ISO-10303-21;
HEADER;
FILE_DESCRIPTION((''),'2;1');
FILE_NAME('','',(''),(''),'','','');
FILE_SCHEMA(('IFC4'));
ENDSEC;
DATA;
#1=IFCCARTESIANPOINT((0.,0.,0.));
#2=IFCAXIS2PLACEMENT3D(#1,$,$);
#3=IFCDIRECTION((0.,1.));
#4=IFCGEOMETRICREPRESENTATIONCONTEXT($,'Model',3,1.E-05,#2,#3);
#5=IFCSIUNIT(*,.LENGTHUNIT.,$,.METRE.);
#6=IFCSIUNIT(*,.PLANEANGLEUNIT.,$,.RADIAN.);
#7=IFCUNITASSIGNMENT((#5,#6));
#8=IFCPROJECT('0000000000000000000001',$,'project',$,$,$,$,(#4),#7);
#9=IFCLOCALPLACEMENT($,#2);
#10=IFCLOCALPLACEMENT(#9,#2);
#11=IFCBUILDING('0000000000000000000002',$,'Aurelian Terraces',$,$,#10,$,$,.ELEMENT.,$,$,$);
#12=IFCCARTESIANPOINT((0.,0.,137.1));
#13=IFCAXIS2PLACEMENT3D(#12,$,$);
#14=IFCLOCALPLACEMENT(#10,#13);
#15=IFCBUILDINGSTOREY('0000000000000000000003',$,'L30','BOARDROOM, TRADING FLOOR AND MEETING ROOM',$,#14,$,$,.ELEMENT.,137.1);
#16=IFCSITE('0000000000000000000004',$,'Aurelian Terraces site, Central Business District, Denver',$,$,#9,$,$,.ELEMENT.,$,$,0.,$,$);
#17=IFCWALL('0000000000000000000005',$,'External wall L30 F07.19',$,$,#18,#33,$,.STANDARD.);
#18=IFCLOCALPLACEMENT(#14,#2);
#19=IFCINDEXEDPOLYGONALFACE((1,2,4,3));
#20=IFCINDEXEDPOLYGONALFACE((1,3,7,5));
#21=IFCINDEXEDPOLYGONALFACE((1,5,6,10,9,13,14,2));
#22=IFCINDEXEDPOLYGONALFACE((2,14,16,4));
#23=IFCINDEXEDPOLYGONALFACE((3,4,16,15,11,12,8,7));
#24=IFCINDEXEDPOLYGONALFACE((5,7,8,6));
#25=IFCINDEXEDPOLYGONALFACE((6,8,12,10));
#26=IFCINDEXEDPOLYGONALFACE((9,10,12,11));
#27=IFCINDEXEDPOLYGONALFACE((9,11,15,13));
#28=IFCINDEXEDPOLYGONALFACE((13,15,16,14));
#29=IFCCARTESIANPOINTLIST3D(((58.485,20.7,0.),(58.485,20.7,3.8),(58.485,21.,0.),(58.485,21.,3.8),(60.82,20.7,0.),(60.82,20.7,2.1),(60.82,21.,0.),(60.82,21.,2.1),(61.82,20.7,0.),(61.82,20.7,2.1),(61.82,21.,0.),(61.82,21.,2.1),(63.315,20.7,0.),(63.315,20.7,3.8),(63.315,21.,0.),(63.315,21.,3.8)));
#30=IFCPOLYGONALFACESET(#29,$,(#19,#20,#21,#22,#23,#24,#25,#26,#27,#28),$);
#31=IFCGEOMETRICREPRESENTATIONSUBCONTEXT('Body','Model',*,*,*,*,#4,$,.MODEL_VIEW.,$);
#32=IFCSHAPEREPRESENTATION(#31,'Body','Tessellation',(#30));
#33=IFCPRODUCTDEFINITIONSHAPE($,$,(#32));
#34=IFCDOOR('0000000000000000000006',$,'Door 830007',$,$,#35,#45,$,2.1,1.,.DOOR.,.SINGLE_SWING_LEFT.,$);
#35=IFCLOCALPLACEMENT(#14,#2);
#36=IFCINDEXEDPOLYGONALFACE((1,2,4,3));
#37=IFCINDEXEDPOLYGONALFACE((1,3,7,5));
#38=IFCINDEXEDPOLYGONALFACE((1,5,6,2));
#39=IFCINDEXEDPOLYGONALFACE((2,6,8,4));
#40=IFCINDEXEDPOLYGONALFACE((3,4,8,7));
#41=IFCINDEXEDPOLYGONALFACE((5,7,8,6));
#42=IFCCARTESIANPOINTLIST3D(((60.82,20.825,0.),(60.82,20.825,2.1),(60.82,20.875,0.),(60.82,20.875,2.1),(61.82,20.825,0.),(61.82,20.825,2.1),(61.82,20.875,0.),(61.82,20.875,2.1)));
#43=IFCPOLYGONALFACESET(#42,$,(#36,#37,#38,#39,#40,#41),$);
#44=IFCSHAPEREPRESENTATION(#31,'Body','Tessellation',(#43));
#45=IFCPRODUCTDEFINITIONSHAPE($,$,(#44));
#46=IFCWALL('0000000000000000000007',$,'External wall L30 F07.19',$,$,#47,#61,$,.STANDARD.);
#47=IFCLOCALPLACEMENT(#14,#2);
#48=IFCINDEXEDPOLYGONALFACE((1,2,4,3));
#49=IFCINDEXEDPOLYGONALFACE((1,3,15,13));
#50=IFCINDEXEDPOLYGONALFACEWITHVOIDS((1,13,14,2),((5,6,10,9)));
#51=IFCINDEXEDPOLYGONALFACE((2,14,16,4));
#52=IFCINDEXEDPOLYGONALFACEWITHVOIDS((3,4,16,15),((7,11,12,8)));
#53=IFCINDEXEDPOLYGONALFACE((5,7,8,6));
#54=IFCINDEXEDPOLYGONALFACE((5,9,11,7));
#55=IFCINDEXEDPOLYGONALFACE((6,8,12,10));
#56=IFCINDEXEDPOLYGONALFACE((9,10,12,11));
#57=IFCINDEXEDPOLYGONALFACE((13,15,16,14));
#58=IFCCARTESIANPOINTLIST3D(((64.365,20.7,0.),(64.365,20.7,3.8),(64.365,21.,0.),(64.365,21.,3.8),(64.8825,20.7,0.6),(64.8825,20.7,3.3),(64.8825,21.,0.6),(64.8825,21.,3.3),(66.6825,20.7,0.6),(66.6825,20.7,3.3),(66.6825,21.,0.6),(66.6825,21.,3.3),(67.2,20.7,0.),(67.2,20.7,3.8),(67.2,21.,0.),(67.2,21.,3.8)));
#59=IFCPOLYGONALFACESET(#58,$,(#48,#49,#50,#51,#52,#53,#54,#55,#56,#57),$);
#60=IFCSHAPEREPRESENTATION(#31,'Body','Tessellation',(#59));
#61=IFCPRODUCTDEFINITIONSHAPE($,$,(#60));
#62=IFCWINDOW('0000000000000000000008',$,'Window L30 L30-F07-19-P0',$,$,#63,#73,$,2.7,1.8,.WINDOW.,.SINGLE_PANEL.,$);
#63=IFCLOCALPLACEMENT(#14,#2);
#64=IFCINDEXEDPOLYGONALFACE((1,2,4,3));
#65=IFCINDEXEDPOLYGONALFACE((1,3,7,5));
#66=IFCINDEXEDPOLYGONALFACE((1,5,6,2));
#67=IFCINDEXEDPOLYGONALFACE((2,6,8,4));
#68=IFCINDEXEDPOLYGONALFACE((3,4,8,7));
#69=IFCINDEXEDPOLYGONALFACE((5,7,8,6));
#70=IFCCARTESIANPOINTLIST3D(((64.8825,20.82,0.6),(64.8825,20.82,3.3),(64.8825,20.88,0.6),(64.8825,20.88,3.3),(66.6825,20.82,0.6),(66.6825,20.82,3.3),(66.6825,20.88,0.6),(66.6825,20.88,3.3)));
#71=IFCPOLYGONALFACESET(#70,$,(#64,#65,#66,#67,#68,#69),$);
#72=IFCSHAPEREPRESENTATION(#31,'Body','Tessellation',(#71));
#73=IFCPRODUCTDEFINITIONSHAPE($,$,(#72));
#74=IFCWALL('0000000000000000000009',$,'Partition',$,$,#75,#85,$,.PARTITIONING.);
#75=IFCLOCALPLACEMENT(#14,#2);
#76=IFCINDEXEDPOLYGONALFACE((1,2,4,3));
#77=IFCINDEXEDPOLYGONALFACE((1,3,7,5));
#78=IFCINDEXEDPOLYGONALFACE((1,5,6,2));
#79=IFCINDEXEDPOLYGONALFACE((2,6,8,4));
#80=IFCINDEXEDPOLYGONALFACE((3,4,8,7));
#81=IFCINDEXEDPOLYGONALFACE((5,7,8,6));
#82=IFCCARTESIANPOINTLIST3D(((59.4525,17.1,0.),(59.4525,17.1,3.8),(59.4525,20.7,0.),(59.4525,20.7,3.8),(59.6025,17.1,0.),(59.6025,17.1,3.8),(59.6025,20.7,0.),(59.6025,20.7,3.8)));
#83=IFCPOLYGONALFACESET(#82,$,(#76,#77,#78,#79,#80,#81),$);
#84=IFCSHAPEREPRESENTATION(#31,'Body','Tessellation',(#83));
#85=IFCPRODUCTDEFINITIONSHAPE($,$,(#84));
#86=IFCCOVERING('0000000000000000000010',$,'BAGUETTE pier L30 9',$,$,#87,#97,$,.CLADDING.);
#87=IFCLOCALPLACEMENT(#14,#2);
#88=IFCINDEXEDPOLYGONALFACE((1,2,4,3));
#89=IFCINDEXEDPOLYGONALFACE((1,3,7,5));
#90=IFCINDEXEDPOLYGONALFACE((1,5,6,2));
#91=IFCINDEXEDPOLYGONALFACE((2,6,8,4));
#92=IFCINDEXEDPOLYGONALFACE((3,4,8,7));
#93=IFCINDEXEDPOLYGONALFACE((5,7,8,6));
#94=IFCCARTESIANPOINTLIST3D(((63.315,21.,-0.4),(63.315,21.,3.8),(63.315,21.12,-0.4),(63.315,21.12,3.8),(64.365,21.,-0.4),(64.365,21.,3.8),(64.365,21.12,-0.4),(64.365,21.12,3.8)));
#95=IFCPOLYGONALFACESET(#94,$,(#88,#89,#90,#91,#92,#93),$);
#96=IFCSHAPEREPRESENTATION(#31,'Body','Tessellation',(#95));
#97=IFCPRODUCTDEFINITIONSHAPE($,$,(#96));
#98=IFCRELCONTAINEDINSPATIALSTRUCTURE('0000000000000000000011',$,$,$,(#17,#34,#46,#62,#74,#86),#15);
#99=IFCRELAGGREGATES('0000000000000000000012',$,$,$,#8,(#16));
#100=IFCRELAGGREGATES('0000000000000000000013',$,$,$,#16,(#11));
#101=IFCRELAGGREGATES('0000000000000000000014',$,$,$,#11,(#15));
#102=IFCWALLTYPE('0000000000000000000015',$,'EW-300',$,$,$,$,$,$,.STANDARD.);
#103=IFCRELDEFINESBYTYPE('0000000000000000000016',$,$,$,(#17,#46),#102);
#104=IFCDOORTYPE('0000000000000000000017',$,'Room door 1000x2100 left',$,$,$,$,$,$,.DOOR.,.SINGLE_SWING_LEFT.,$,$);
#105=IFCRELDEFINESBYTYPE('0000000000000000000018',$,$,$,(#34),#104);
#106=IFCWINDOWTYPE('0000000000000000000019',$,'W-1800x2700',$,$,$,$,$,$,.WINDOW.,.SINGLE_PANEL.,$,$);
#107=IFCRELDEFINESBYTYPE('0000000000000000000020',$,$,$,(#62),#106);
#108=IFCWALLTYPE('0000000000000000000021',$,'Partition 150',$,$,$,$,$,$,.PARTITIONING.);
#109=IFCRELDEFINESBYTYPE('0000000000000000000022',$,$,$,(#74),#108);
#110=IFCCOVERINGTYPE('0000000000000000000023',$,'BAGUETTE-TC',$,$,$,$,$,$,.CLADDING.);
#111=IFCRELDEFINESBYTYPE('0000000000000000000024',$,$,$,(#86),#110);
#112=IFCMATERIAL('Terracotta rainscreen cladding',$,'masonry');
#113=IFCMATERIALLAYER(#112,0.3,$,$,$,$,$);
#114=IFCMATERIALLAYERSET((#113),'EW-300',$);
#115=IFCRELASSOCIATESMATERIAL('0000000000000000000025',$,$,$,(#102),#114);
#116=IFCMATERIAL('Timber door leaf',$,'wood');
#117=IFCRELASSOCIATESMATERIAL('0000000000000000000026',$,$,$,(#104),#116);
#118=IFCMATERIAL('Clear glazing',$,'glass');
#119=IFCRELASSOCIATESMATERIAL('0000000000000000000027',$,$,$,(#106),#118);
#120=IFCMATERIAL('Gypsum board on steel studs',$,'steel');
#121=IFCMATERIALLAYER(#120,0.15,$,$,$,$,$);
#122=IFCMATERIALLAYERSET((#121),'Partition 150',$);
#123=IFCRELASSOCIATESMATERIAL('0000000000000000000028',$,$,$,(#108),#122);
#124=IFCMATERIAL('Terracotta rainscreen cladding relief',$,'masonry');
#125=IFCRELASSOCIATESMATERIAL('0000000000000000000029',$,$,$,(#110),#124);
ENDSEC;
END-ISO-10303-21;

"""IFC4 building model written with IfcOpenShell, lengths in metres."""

from ifc_helpers import new_model, si_unit, direction, frame, frame_2d, origin, origin_2d, place, context, subcontext, project, spatial, rectangle, extrude, source, transform, mapped, material, layer, layer_set, type_object, element, fill, save


model = new_model("IFC4")

# Units and contexts
model_context = context("Model", 3, precision=1e-05, world=origin(), true_north=direction((0.0, 1.0)))
body_context = subcontext(model_context, "Body", "Model", "MODEL_VIEW")
ifc_project = project(units=[si_unit("LENGTHUNIT", "METRE"), si_unit("PLANEANGLEUNIT", "RADIAN")], contexts=[model_context])

# Site, building, storey
site_placement = place(None, origin())
site = spatial("IfcSite", under=ifc_project, at=site_placement, Name="Aurelian Terraces site, Central Business District, Denver", CompositionType="ELEMENT", RefElevation=0.0)
building_placement = place(site_placement, origin())
building = spatial("IfcBuilding", under=site, at=building_placement, Name="Aurelian Terraces", CompositionType="ELEMENT")
storey_placement = place(building_placement, frame((0.0, 0.0, 137.1)))
storey = spatial("IfcBuildingStorey", under=building, at=storey_placement, Name="L30", Description="BOARDROOM, TRADING FLOOR AND MEETING ROOM", CompositionType="ELEMENT", Elevation=137.1)

# Shared definitions
ifc_material_1 = material(Name="Clear glazing", Category="glass")

# Wall, opening, door
ifc_material_2 = material(Name="Terracotta rainscreen cladding", Category="masonry")
ifc_layer_1 = layer(ifc_material_2, 0.3)
ifc_layer_set_1 = layer_set([ifc_layer_1], Name="EW-300")
wall_type_1 = type_object("IfcWallType", Name="EW-300", PredefinedType="STANDARD", material=ifc_layer_set_1)
shared_shape_1 = source(origin(), body_context, "Body", "SweptSolid", [
    extrude(rectangle(XDim=4.83, YDim=0.3, at=frame_2d((2.415, 0.0))), origin(), (0.0, 0.0, 1.0), 3.8),
])
wall_1_placement = place(storey_placement, frame((63.315, 20.85, 0.0), z_axis=(0.0, 0.0, 1.0), x_axis=(-1.0, 0.0, 0.0)))
wall_1 = element("IfcWall", 1, at=wall_1_placement, inside=storey, type_object=wall_type_1, Name="External wall L30 F07.19", PredefinedType="STANDARD", context=body_context, shape_type="MappedRepresentation", body=[
    mapped(shared_shape_1, transform((0.0, 0.0, 0.0), scale=1.0)),
])
shared_shape_2 = source(origin(), body_context, "Body", "SweptSolid", [
    extrude(rectangle(XDim=1.0, YDim=2.1, at=frame_2d((0.5, 1.05))), frame((0.0, 0.16, 0.0), z_axis=(0.0, -1.0, 0.0), x_axis=(1.0, 0.0, 0.0)), (0.0, 0.0, 1.0), 0.32),
])
opening_1_placement = place(wall_1_placement, frame((1.495, 0.0, 0.0)))
opening_1 = element("IfcOpeningElement", 2, at=opening_1_placement, cuts=wall_1, PredefinedType="OPENING", context=body_context, shape_type="MappedRepresentation", body=[
    mapped(shared_shape_2, transform((0.0, 0.0, 0.0), scale=1.0)),
])
ifc_material_3 = material(Name="Timber door leaf", Category="wood")
door_type = type_object("IfcDoorType", Name="Room door 1000x2100 left", OperationType="SINGLE_SWING_LEFT", PredefinedType="DOOR", material=ifc_material_3)
shared_shape_3 = source(origin(), body_context, "Body", "SweptSolid", [
    extrude(rectangle(XDim=1.0, YDim=2.1, at=frame_2d((0.5, 1.05))), frame((0.0, 0.025, 0.0), z_axis=(0.0, -1.0, 0.0), x_axis=(1.0, 0.0, 0.0)), (0.0, 0.0, 1.0), 0.05),
])
door_placement = place(opening_1_placement, origin())
door = element("IfcDoor", 3, at=door_placement, inside=storey, type_object=door_type, Name="Door 830007", OperationType="SINGLE_SWING_LEFT", OverallHeight=2.1, OverallWidth=1.0, PredefinedType="DOOR", context=body_context, shape_type="MappedRepresentation", body=[
    mapped(shared_shape_3, transform((0.0, 0.0, 0.0), scale=1.0)),
])
fill(opening_1, door)

# Wall, opening, window
shared_shape_4 = source(origin(), body_context, "Body", "SweptSolid", [
    extrude(rectangle(XDim=2.835, YDim=0.3, at=frame_2d((1.4175, 0.0))), origin(), (0.0, 0.0, 1.0), 3.8),
])
wall_2_placement = place(storey_placement, frame((67.2, 20.85, 0.0), z_axis=(0.0, 0.0, 1.0), x_axis=(-1.0, 0.0, 0.0)))
wall_2 = element("IfcWall", 4, at=wall_2_placement, inside=storey, type_object=wall_type_1, Name="External wall L30 F07.19", PredefinedType="STANDARD", context=body_context, shape_type="MappedRepresentation", body=[
    mapped(shared_shape_4, transform((0.0, 0.0, 0.0), scale=1.0)),
])
shared_shape_5 = source(origin(), body_context, "Body", "SweptSolid", [
    extrude(rectangle(XDim=1.8, YDim=2.7, at=frame_2d((0.9, 1.35))), frame((0.0, 0.16, 0.0), z_axis=(0.0, -1.0, 0.0), x_axis=(1.0, 0.0, 0.0)), (0.0, 0.0, 1.0), 0.32),
])
opening_2_placement = place(wall_2_placement, frame((0.5175, 0.0, 0.6)))
opening_2 = element("IfcOpeningElement", 5, at=opening_2_placement, cuts=wall_2, PredefinedType="OPENING", context=body_context, shape_type="MappedRepresentation", body=[
    mapped(shared_shape_5, transform((0.0, 0.0, 0.0), scale=1.0)),
])
window_type_1 = type_object("IfcWindowType", Name="W-1800x2700", PartitioningType="SINGLE_PANEL", PredefinedType="WINDOW", material=ifc_material_1)
shared_shape_6 = source(origin(), body_context, "Body", "SweptSolid", [
    extrude(rectangle(XDim=1.8, YDim=2.7, at=frame_2d((0.9, 1.35))), frame((0.0, 0.03, 0.0), z_axis=(0.0, -1.0, 0.0), x_axis=(1.0, 0.0, 0.0)), (0.0, 0.0, 1.0), 0.06),
])
window_1_placement = place(opening_2_placement, origin())
window_1 = element("IfcWindow", 6, at=window_1_placement, inside=storey, type_object=window_type_1, Name="Window L30 L30-F07-19-P0", OverallHeight=2.7, OverallWidth=1.8, PartitioningType="SINGLE_PANEL", PredefinedType="WINDOW", context=body_context, shape_type="MappedRepresentation", body=[
    mapped(shared_shape_6, transform((0.0, 0.0, 0.0), scale=1.0)),
])
fill(opening_2, window_1)

# Wall
ifc_material_4 = material(Name="Gypsum board on steel studs", Category="steel")
ifc_layer_2 = layer(ifc_material_4, 0.15)
ifc_layer_set_2 = layer_set([ifc_layer_2], Name="Partition 150")
wall_type_2 = type_object("IfcWallType", Name="Partition 150", PredefinedType="PARTITIONING", material=ifc_layer_set_2)
shared_shape_7 = source(origin(), body_context, "Body", "SweptSolid", [
    extrude(rectangle(XDim=3.6, YDim=0.15, at=frame_2d((1.8, 0.0))), origin(), (0.0, 0.0, 1.0), 3.8),
])
wall_3_placement = place(storey_placement, frame((59.5275, 20.7, 0.0), z_axis=(0.0, 0.0, 1.0), x_axis=(0.0, -1.0, 0.0)))
element("IfcWall", 7, at=wall_3_placement, inside=storey, type_object=wall_type_2, Name="Partition", PredefinedType="PARTITIONING", context=body_context, shape_type="MappedRepresentation", body=[
    mapped(shared_shape_7, transform((0.0, 0.0, 0.0), scale=1.0)),
])

# Covering
ifc_material_5 = material(Name="Terracotta rainscreen cladding relief", Category="masonry")
covering_type = type_object("IfcCoveringType", Name="BAGUETTE-TC", PredefinedType="CLADDING", material=ifc_material_5)
shared_shape_8 = source(origin(), body_context, "Body", "SweptSolid", [
    extrude(rectangle(XDim=1.05, YDim=0.12, at=origin_2d()), origin(), (0.0, 0.0, 1.0), 4.2),
])
covering_placement = place(storey_placement, frame((63.84, 21.06, -0.4), z_axis=(0.0, 0.0, 1.0), x_axis=(1.0, 0.0, 0.0)))
element("IfcCovering", 8, at=covering_placement, inside=storey, type_object=covering_type, Name="BAGUETTE pier L30 9", PredefinedType="CLADDING", context=body_context, shape_type="MappedRepresentation", body=[
    mapped(shared_shape_8, transform((0.0, 0.0, 0.0), scale=1.0)),
])

save(model, "model.ifc")
